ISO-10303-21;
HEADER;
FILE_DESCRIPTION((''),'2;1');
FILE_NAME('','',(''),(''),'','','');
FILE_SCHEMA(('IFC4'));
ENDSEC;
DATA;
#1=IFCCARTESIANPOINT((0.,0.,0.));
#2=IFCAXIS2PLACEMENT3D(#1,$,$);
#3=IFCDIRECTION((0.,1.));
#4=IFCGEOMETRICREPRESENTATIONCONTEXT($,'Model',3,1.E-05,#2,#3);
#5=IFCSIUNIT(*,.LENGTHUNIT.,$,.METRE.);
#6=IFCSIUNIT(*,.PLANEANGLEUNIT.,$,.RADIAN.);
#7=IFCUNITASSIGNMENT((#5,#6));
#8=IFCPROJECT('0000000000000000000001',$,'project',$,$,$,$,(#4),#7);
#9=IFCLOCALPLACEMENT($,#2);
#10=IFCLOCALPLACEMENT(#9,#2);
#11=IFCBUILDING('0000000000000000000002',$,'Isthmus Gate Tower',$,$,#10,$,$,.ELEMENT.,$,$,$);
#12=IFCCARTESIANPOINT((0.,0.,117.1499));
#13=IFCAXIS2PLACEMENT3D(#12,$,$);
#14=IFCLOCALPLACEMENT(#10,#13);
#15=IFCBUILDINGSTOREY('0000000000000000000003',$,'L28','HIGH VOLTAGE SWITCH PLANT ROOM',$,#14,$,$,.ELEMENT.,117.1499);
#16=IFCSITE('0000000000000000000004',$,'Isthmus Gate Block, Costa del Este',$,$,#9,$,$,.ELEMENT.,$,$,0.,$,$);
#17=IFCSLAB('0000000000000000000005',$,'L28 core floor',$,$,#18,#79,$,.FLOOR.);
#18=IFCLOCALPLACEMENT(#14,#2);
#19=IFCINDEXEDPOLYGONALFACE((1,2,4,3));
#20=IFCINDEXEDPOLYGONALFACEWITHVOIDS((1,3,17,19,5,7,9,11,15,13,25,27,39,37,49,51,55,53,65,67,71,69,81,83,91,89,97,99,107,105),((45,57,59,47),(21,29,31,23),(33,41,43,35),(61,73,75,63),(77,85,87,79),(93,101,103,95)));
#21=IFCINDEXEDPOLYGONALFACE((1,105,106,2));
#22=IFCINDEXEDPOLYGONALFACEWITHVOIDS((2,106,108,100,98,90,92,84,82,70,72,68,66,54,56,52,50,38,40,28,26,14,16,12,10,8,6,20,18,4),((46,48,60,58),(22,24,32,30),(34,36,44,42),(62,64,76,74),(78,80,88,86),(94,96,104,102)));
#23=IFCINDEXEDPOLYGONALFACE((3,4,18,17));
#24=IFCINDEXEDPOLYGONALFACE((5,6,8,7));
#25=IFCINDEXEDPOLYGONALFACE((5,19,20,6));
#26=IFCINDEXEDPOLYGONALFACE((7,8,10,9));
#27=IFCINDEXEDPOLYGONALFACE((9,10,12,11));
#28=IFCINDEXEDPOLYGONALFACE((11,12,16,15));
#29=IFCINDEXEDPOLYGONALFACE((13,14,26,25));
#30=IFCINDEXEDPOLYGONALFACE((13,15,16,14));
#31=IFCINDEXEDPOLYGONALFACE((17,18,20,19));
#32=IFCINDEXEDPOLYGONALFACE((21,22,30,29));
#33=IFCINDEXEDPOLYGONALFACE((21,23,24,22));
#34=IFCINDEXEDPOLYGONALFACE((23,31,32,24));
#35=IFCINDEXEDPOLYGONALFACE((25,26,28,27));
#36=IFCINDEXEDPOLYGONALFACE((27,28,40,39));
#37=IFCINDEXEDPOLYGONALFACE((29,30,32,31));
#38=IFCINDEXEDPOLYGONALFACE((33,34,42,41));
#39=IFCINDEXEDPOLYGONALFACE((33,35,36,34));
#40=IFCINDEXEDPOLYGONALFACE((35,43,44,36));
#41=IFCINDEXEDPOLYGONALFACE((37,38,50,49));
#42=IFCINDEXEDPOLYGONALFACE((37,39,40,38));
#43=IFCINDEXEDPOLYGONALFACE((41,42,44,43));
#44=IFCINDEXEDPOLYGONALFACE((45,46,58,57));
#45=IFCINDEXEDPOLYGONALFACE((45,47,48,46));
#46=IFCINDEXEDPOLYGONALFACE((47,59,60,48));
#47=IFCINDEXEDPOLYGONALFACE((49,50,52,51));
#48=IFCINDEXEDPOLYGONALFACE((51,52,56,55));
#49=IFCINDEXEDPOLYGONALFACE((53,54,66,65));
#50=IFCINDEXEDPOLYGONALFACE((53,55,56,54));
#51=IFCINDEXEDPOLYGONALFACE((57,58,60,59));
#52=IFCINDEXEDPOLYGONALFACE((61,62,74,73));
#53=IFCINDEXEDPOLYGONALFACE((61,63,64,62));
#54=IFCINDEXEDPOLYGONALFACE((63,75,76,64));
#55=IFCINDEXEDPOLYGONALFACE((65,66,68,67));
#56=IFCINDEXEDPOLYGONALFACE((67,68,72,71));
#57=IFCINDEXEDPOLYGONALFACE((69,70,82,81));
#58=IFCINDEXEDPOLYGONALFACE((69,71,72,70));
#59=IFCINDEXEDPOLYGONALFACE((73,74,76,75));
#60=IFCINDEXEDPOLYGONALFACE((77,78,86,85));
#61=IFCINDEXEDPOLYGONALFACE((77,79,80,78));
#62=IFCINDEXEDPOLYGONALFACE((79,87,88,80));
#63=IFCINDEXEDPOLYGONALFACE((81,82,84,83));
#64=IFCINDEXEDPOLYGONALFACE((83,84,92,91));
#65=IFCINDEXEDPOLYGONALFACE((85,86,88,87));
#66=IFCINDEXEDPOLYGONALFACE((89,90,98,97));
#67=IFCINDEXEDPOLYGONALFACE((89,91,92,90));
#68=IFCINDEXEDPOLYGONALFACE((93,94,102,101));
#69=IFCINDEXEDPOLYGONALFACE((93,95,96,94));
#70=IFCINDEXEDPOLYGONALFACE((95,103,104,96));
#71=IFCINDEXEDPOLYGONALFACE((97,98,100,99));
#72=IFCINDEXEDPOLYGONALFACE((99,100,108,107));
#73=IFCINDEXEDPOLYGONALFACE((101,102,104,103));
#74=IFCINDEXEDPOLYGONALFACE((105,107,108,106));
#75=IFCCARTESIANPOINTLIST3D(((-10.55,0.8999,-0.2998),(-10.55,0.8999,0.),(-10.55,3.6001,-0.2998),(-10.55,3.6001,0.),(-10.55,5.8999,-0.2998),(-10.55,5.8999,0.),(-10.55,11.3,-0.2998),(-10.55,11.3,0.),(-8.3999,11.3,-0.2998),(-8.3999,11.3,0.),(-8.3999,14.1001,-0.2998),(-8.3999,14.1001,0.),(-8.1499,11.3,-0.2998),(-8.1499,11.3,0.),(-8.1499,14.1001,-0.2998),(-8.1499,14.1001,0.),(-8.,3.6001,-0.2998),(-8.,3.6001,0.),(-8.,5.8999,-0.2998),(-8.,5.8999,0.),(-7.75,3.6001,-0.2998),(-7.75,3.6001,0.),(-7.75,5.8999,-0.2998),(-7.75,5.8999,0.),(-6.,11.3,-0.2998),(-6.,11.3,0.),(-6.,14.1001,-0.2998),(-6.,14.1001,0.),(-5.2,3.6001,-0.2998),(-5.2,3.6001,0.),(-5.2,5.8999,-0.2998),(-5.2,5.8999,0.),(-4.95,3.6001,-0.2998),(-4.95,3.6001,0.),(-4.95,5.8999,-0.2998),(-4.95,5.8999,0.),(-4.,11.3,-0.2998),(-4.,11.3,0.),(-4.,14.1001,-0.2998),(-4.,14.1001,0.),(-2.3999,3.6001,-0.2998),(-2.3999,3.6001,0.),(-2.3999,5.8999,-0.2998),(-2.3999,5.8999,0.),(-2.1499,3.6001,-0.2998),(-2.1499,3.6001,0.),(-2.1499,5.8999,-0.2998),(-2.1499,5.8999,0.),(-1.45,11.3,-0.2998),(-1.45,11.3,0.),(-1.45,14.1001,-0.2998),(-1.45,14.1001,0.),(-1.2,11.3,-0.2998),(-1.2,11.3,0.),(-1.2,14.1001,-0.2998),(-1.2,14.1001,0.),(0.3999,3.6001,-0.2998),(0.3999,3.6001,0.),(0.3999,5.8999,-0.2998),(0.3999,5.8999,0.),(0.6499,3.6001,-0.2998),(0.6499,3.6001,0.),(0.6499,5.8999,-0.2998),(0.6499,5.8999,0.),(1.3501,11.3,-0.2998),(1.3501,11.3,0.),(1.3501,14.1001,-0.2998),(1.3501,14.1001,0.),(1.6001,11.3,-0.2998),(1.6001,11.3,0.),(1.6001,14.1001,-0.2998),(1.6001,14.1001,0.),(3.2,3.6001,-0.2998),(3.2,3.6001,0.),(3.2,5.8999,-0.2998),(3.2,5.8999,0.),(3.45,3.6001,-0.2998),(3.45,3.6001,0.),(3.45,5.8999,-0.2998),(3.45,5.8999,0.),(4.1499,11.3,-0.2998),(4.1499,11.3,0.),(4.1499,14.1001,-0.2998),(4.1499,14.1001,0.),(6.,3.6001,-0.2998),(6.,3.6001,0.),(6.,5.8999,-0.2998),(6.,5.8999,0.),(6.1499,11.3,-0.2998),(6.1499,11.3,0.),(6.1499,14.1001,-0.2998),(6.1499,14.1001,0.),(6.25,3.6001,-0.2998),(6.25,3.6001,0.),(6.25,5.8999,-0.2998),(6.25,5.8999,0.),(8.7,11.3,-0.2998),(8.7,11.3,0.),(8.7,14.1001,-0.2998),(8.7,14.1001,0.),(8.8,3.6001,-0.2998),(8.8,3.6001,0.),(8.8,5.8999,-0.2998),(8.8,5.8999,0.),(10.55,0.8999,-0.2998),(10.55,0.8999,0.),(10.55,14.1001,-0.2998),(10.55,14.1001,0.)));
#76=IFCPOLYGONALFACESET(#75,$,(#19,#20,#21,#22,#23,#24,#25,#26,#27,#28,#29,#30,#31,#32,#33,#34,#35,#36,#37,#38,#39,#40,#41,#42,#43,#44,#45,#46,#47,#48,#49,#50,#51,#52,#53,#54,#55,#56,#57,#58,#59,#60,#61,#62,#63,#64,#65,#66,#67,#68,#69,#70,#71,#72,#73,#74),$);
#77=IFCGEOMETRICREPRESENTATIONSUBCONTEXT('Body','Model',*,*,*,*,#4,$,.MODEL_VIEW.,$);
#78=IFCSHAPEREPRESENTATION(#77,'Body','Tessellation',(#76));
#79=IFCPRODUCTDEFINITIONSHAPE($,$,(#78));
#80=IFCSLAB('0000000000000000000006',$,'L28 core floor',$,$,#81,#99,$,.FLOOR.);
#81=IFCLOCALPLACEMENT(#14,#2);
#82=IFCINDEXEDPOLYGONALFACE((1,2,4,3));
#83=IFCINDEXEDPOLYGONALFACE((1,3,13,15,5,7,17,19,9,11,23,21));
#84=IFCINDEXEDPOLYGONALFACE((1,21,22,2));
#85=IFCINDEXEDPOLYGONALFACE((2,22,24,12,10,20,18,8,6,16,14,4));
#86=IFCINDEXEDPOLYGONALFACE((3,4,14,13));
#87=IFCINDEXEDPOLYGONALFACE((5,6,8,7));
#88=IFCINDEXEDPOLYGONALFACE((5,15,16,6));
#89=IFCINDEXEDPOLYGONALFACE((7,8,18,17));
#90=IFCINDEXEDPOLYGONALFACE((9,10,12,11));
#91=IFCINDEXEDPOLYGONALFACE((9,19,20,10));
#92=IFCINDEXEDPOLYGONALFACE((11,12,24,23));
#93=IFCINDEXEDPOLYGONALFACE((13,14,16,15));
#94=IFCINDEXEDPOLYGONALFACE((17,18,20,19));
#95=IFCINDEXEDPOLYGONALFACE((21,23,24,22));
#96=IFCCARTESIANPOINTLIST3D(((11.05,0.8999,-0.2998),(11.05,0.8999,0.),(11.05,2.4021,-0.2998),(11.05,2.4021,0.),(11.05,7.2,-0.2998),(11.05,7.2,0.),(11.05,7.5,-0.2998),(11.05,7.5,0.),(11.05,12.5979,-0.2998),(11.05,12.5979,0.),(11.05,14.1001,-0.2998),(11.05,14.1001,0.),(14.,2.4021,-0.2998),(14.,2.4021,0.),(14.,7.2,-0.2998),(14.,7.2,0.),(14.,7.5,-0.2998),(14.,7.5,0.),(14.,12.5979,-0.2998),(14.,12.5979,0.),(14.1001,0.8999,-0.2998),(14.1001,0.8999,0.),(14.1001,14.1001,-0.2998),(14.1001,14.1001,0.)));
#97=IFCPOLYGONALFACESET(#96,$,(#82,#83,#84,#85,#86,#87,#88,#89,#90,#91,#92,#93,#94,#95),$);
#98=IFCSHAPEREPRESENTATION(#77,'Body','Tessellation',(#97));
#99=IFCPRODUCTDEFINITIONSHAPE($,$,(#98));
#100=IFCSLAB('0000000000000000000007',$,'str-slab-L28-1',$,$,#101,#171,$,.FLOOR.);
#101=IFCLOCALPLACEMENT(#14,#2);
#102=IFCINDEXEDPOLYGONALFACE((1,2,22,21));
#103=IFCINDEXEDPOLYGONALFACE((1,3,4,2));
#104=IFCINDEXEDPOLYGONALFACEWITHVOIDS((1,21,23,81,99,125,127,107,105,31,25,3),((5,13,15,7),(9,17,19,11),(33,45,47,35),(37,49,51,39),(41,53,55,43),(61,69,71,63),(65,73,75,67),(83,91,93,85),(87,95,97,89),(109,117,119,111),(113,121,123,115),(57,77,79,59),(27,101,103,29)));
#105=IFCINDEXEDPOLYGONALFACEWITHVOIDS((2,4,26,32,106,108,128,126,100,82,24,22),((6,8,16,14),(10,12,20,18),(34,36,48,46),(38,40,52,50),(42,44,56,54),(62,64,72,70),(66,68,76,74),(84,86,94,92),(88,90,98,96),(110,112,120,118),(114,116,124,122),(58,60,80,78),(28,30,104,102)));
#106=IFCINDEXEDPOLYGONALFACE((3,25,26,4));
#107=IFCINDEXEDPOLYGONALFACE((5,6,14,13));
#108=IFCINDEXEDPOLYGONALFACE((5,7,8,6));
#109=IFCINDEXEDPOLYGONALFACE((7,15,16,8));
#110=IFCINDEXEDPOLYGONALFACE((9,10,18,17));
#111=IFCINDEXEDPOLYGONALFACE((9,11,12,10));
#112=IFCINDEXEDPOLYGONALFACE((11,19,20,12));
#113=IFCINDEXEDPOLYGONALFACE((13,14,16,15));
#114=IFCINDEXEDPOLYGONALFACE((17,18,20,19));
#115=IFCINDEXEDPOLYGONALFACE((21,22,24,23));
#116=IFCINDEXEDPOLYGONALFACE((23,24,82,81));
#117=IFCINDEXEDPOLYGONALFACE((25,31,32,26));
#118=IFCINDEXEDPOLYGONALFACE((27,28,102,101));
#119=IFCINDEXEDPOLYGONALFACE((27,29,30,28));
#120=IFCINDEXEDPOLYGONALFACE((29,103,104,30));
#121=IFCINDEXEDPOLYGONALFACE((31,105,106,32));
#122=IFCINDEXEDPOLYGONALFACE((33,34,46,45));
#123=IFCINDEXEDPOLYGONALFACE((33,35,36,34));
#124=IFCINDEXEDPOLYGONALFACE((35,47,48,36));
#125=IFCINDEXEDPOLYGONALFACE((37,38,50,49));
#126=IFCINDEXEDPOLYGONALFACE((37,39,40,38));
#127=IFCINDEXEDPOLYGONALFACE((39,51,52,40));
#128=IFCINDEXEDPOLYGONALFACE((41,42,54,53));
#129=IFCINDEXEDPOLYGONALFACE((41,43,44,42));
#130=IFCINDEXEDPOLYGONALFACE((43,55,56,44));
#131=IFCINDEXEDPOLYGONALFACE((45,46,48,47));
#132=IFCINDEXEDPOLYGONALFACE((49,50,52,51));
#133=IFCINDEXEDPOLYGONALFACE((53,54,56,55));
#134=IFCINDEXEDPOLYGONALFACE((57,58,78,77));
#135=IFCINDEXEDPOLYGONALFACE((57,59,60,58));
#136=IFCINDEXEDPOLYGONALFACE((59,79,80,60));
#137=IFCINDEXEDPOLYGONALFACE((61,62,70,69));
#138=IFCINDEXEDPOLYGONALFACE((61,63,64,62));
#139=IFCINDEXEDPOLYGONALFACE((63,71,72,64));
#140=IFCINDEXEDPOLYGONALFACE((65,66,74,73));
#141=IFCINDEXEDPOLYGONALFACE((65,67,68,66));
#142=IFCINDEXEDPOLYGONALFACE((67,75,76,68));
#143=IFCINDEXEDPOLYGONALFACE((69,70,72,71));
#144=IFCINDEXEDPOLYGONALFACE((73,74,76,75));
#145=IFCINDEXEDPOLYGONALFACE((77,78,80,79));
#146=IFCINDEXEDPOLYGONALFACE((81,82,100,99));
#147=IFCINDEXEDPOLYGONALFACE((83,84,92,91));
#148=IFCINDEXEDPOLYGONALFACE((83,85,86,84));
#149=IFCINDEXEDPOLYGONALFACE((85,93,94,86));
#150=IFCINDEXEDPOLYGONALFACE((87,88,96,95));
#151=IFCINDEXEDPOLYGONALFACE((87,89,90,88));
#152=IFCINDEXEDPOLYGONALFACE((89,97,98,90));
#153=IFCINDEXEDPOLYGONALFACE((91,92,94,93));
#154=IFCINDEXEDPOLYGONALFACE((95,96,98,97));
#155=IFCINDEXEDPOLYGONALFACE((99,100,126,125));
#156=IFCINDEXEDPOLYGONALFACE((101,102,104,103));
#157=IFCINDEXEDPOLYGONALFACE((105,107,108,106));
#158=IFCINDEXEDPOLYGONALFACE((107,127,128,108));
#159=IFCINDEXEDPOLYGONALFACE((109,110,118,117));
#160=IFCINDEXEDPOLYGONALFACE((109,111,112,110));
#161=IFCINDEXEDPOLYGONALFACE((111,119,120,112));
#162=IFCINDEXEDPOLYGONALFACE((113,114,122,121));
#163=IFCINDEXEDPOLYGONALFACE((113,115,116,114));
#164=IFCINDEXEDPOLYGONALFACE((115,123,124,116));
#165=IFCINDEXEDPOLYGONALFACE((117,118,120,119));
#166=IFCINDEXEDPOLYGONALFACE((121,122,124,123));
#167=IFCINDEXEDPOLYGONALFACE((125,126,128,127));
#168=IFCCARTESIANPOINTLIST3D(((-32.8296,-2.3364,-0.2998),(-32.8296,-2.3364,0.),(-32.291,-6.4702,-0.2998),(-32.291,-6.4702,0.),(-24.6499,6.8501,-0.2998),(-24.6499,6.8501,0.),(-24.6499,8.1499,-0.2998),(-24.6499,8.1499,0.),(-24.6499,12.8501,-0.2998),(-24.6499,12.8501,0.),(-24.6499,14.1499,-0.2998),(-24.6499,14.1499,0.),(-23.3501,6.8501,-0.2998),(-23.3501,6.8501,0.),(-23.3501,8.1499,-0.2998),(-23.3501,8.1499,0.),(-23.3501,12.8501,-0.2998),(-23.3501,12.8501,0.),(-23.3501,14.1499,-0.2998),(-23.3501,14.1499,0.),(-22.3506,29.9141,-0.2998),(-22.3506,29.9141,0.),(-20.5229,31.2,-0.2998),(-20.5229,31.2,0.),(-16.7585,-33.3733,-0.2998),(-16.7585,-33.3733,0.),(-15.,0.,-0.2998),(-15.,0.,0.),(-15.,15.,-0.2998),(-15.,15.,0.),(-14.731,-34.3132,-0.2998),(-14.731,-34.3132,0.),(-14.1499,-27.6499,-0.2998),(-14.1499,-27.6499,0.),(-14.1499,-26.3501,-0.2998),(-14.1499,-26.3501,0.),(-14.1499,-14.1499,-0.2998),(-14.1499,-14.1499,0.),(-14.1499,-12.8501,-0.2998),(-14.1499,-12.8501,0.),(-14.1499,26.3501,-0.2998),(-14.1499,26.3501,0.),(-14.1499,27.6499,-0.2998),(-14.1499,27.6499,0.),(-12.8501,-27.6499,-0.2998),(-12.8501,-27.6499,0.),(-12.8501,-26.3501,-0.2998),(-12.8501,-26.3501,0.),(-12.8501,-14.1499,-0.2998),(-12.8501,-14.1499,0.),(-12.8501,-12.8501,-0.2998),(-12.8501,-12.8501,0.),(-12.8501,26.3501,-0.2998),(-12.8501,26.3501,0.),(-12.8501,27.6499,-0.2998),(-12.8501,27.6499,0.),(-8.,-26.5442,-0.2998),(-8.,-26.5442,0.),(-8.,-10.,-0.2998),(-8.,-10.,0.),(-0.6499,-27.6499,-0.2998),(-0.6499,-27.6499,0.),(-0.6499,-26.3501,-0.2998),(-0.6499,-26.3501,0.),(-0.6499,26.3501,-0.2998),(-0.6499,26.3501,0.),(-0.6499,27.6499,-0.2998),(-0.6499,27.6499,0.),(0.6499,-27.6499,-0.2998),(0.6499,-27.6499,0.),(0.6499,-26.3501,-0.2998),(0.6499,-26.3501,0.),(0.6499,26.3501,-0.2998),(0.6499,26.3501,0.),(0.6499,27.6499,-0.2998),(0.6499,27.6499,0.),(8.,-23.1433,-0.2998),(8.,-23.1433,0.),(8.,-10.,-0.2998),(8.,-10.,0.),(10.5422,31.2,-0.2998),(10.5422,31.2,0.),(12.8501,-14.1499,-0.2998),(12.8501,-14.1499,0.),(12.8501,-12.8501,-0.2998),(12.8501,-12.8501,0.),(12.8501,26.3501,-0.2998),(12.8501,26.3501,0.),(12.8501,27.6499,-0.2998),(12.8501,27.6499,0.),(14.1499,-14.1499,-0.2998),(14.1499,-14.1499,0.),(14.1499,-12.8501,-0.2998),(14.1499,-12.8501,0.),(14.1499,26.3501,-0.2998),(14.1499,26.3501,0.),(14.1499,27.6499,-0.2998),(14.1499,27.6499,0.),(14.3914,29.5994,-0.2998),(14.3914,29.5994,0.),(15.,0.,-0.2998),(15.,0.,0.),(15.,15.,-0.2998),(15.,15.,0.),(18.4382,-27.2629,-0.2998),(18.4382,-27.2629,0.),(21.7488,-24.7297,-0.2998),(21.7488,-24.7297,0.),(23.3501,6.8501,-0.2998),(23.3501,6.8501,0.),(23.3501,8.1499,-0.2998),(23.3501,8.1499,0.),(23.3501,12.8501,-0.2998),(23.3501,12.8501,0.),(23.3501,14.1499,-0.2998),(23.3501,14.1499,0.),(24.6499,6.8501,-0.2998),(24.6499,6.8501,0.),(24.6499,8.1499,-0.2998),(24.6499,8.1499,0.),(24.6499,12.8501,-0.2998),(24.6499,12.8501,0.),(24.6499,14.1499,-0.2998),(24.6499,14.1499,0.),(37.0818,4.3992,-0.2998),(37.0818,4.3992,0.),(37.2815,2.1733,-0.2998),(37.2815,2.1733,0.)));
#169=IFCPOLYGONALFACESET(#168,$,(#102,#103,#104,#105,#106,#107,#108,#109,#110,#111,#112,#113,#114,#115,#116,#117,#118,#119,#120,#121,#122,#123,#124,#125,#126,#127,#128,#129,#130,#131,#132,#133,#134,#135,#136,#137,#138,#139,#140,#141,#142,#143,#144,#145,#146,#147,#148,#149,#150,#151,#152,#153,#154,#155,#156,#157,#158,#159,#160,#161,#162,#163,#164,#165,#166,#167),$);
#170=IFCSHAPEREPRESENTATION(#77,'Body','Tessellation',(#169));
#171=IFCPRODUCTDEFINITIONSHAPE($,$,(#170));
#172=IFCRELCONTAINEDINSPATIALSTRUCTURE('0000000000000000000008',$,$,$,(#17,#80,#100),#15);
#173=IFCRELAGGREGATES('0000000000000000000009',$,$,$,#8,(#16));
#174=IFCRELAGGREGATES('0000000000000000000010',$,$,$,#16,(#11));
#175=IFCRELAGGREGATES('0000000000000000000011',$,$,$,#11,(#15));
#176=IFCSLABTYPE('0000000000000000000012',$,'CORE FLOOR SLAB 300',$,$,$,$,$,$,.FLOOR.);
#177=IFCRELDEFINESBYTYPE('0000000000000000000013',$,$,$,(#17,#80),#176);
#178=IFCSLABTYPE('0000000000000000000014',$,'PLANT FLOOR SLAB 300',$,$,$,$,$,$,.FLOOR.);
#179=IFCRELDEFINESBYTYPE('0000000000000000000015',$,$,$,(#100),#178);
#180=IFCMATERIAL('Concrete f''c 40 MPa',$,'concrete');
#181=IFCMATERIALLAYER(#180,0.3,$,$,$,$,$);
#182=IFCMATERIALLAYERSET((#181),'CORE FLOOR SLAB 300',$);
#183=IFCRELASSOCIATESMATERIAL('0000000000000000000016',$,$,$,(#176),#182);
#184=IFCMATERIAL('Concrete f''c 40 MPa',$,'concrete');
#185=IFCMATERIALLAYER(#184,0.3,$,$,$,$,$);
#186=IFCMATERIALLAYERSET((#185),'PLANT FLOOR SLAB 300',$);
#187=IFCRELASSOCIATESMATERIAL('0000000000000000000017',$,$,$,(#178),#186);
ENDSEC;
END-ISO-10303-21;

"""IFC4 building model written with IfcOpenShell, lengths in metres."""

from ifc_helpers import new_model, si_unit, direction, frame, origin, place, context, subcontext, project, spatial, polyline, outline, extrude, material, layer, layer_set, type_object, element, save


model = new_model("IFC4")

# Units and contexts
model_context = context("Model", 3, precision=1e-05, world=origin(), true_north=direction((0.0, 1.0)))
body_context = subcontext(model_context, "Body", "Model", "MODEL_VIEW")
ifc_project = project(units=[si_unit("LENGTHUNIT", "METRE"), si_unit("PLANEANGLEUNIT", "RADIAN")], contexts=[model_context])

# Site, building, storey
site_placement = place(None, origin())
site = spatial("IfcSite", under=ifc_project, at=site_placement, Name="Isthmus Gate Block, Costa del Este", CompositionType="ELEMENT", RefElevation=0.0)
building_placement = place(site_placement, origin())
building = spatial("IfcBuilding", under=site, at=building_placement, Name="Isthmus Gate Tower", CompositionType="ELEMENT")
storey_placement = place(building_placement, frame((0.0, 0.0, 117.1499)))
storey = spatial("IfcBuildingStorey", under=building, at=storey_placement, Name="L28", Description="HIGH VOLTAGE SWITCH PLANT ROOM", CompositionType="ELEMENT", Elevation=117.1499)

# Slabs
ifc_material_1 = material(Name="Concrete f'c 40 MPa", Category="concrete")
ifc_layer_1 = layer(ifc_material_1, 0.3)
ifc_layer_set_1 = layer_set([ifc_layer_1], Name="CORE FLOOR SLAB 300")
slab_type_1 = type_object("IfcSlabType", Name="CORE FLOOR SLAB 300", PredefinedType="FLOOR", material=ifc_layer_set_1)
slab_1_placement = place(storey_placement, frame((0.0, 0.0, -0.2998)))
element("IfcSlab", 1, at=slab_1_placement, inside=storey, type_object=slab_type_1, Name="L28 core floor", PredefinedType="FLOOR", context=body_context, shape_type="SweptSolid", body=[
    extrude(outline(polyline([(10.55, 14.1001), (8.7, 14.1001), (8.7, 11.3), (6.1499, 11.3), (6.1499, 14.1001), (4.1499, 14.1001), (4.1499, 11.3), (1.6001, 11.3), (1.6001, 14.1001), (1.3501, 14.1001), (1.3501, 11.3), (-1.2, 11.3), (-1.2, 14.1001), (-1.45, 14.1001), (-1.45, 11.3), (-4.0, 11.3), (-4.0, 14.1001), (-6.0, 14.1001), (-6.0, 11.3), (-8.1499, 11.3), (-8.1499, 14.1001), (-8.3999, 14.1001), (-8.3999, 11.3), (-10.55, 11.3), (-10.55, 5.8999), (-8.0, 5.8999), (-8.0, 3.6001), (-10.55, 3.6001), (-10.55, 0.8999), (10.55, 0.8999), (10.55, 14.1001)]), holes=[polyline([(-5.2, 5.8999), (-5.2, 3.6001), (-7.75, 3.6001), (-7.75, 5.8999), (-5.2, 5.8999)]), polyline([(-2.3999, 5.8999), (-2.3999, 3.6001), (-4.95, 3.6001), (-4.95, 5.8999), (-2.3999, 5.8999)]), polyline([(0.3999, 5.8999), (0.3999, 3.6001), (-2.1499, 3.6001), (-2.1499, 5.8999), (0.3999, 5.8999)]), polyline([(3.2, 5.8999), (3.2, 3.6001), (0.6499, 3.6001), (0.6499, 5.8999), (3.2, 5.8999)]), polyline([(6.0, 5.8999), (6.0, 3.6001), (3.45, 3.6001), (3.45, 5.8999), (6.0, 5.8999)]), polyline([(8.8, 5.8999), (8.8, 3.6001), (6.25, 3.6001), (6.25, 5.8999), (8.8, 5.8999)])]), origin(), (0.0, 0.0, 1.0), 0.2998),
])
slab_2_placement = place(storey_placement, frame((0.0, 0.0, -0.2998)))
element("IfcSlab", 2, at=slab_2_placement, inside=storey, type_object=slab_type_1, Name="L28 core floor", PredefinedType="FLOOR", context=body_context, shape_type="SweptSolid", body=[
    extrude(outline(polyline([(11.05, 14.1001), (11.05, 12.5979), (14.0, 12.5979), (14.0, 7.5), (11.05, 7.5), (11.05, 7.2), (14.0, 7.2), (14.0, 2.4021), (11.05, 2.4021), (11.05, 0.8999), (14.1001, 0.8999), (14.1001, 14.1001), (11.05, 14.1001)])), origin(), (0.0, 0.0, 1.0), 0.2998),
])
ifc_material_2 = material(Name="Concrete f'c 40 MPa", Category="concrete")
ifc_layer_2 = layer(ifc_material_2, 0.3)
ifc_layer_set_2 = layer_set([ifc_layer_2], Name="PLANT FLOOR SLAB 300")
slab_type_2 = type_object("IfcSlabType", Name="PLANT FLOOR SLAB 300", PredefinedType="FLOOR", material=ifc_layer_set_2)
slab_3_placement = place(storey_placement, frame((0.0, 0.0, -0.2998)))
element("IfcSlab", 3, at=slab_3_placement, inside=storey, type_object=slab_type_2, Name="str-slab-L28-1", PredefinedType="FLOOR", context=body_context, shape_type="SweptSolid", body=[
    extrude(outline(polyline([(14.3914, 29.5994), (37.0818, 4.3992), (37.2815, 2.1733), (21.7488, -24.7297), (18.4382, -27.2629), (-14.731, -34.3132), (-16.7585, -33.3733), (-32.291, -6.4702), (-32.8296, -2.3364), (-22.3506, 29.9141), (-20.5229, 31.2), (10.5422, 31.2), (14.3914, 29.5994)]), holes=[polyline([(-14.1499, -27.6499), (-12.8501, -27.6499), (-12.8501, -26.3501), (-14.1499, -26.3501), (-14.1499, -27.6499)]), polyline([(-0.6499, -26.3501), (-0.6499, -27.6499), (0.6499, -27.6499), (0.6499, -26.3501), (-0.6499, -26.3501)]), polyline([(-14.1499, -12.8501), (-14.1499, -14.1499), (-12.8501, -14.1499), (-12.8501, -12.8501), (-14.1499, -12.8501)]), polyline([(-24.6499, 8.1499), (-24.6499, 6.8501), (-23.3501, 6.8501), (-23.3501, 8.1499), (-24.6499, 8.1499)]), polyline([(-23.3501, 14.1499), (-24.6499, 14.1499), (-24.6499, 12.8501), (-23.3501, 12.8501), (-23.3501, 14.1499)]), polyline([(-14.1499, 27.6499), (-14.1499, 26.3501), (-12.8501, 26.3501), (-12.8501, 27.6499), (-14.1499, 27.6499)]), polyline([(-0.6499, 27.6499), (-0.6499, 26.3501), (0.6499, 26.3501), (0.6499, 27.6499), (-0.6499, 27.6499)]), polyline([(8.0, -23.1433), (8.0, -10.0), (-8.0, -10.0), (-8.0, -26.5442), (8.0, -23.1433)]), polyline([(14.1499, -12.8501), (12.8501, -12.8501), (12.8501, -14.1499), (14.1499, -14.1499), (14.1499, -12.8501)]), polyline([(15.0, 15.0), (-15.0, 15.0), (-15.0, 0.0), (15.0, 0.0), (15.0, 15.0)]), polyline([(24.6499, 8.1499), (23.3501, 8.1499), (23.3501, 6.8501), (24.6499, 6.8501), (24.6499, 8.1499)]), polyline([(23.3501, 14.1499), (23.3501, 12.8501), (24.6499, 12.8501), (24.6499, 14.1499), (23.3501, 14.1499)]), polyline([(14.1499, 27.6499), (12.8501, 27.6499), (12.8501, 26.3501), (14.1499, 26.3501), (14.1499, 27.6499)])]), origin(), (0.0, 0.0, 1.0), 0.2998),
])

save(model, "model.ifc")
